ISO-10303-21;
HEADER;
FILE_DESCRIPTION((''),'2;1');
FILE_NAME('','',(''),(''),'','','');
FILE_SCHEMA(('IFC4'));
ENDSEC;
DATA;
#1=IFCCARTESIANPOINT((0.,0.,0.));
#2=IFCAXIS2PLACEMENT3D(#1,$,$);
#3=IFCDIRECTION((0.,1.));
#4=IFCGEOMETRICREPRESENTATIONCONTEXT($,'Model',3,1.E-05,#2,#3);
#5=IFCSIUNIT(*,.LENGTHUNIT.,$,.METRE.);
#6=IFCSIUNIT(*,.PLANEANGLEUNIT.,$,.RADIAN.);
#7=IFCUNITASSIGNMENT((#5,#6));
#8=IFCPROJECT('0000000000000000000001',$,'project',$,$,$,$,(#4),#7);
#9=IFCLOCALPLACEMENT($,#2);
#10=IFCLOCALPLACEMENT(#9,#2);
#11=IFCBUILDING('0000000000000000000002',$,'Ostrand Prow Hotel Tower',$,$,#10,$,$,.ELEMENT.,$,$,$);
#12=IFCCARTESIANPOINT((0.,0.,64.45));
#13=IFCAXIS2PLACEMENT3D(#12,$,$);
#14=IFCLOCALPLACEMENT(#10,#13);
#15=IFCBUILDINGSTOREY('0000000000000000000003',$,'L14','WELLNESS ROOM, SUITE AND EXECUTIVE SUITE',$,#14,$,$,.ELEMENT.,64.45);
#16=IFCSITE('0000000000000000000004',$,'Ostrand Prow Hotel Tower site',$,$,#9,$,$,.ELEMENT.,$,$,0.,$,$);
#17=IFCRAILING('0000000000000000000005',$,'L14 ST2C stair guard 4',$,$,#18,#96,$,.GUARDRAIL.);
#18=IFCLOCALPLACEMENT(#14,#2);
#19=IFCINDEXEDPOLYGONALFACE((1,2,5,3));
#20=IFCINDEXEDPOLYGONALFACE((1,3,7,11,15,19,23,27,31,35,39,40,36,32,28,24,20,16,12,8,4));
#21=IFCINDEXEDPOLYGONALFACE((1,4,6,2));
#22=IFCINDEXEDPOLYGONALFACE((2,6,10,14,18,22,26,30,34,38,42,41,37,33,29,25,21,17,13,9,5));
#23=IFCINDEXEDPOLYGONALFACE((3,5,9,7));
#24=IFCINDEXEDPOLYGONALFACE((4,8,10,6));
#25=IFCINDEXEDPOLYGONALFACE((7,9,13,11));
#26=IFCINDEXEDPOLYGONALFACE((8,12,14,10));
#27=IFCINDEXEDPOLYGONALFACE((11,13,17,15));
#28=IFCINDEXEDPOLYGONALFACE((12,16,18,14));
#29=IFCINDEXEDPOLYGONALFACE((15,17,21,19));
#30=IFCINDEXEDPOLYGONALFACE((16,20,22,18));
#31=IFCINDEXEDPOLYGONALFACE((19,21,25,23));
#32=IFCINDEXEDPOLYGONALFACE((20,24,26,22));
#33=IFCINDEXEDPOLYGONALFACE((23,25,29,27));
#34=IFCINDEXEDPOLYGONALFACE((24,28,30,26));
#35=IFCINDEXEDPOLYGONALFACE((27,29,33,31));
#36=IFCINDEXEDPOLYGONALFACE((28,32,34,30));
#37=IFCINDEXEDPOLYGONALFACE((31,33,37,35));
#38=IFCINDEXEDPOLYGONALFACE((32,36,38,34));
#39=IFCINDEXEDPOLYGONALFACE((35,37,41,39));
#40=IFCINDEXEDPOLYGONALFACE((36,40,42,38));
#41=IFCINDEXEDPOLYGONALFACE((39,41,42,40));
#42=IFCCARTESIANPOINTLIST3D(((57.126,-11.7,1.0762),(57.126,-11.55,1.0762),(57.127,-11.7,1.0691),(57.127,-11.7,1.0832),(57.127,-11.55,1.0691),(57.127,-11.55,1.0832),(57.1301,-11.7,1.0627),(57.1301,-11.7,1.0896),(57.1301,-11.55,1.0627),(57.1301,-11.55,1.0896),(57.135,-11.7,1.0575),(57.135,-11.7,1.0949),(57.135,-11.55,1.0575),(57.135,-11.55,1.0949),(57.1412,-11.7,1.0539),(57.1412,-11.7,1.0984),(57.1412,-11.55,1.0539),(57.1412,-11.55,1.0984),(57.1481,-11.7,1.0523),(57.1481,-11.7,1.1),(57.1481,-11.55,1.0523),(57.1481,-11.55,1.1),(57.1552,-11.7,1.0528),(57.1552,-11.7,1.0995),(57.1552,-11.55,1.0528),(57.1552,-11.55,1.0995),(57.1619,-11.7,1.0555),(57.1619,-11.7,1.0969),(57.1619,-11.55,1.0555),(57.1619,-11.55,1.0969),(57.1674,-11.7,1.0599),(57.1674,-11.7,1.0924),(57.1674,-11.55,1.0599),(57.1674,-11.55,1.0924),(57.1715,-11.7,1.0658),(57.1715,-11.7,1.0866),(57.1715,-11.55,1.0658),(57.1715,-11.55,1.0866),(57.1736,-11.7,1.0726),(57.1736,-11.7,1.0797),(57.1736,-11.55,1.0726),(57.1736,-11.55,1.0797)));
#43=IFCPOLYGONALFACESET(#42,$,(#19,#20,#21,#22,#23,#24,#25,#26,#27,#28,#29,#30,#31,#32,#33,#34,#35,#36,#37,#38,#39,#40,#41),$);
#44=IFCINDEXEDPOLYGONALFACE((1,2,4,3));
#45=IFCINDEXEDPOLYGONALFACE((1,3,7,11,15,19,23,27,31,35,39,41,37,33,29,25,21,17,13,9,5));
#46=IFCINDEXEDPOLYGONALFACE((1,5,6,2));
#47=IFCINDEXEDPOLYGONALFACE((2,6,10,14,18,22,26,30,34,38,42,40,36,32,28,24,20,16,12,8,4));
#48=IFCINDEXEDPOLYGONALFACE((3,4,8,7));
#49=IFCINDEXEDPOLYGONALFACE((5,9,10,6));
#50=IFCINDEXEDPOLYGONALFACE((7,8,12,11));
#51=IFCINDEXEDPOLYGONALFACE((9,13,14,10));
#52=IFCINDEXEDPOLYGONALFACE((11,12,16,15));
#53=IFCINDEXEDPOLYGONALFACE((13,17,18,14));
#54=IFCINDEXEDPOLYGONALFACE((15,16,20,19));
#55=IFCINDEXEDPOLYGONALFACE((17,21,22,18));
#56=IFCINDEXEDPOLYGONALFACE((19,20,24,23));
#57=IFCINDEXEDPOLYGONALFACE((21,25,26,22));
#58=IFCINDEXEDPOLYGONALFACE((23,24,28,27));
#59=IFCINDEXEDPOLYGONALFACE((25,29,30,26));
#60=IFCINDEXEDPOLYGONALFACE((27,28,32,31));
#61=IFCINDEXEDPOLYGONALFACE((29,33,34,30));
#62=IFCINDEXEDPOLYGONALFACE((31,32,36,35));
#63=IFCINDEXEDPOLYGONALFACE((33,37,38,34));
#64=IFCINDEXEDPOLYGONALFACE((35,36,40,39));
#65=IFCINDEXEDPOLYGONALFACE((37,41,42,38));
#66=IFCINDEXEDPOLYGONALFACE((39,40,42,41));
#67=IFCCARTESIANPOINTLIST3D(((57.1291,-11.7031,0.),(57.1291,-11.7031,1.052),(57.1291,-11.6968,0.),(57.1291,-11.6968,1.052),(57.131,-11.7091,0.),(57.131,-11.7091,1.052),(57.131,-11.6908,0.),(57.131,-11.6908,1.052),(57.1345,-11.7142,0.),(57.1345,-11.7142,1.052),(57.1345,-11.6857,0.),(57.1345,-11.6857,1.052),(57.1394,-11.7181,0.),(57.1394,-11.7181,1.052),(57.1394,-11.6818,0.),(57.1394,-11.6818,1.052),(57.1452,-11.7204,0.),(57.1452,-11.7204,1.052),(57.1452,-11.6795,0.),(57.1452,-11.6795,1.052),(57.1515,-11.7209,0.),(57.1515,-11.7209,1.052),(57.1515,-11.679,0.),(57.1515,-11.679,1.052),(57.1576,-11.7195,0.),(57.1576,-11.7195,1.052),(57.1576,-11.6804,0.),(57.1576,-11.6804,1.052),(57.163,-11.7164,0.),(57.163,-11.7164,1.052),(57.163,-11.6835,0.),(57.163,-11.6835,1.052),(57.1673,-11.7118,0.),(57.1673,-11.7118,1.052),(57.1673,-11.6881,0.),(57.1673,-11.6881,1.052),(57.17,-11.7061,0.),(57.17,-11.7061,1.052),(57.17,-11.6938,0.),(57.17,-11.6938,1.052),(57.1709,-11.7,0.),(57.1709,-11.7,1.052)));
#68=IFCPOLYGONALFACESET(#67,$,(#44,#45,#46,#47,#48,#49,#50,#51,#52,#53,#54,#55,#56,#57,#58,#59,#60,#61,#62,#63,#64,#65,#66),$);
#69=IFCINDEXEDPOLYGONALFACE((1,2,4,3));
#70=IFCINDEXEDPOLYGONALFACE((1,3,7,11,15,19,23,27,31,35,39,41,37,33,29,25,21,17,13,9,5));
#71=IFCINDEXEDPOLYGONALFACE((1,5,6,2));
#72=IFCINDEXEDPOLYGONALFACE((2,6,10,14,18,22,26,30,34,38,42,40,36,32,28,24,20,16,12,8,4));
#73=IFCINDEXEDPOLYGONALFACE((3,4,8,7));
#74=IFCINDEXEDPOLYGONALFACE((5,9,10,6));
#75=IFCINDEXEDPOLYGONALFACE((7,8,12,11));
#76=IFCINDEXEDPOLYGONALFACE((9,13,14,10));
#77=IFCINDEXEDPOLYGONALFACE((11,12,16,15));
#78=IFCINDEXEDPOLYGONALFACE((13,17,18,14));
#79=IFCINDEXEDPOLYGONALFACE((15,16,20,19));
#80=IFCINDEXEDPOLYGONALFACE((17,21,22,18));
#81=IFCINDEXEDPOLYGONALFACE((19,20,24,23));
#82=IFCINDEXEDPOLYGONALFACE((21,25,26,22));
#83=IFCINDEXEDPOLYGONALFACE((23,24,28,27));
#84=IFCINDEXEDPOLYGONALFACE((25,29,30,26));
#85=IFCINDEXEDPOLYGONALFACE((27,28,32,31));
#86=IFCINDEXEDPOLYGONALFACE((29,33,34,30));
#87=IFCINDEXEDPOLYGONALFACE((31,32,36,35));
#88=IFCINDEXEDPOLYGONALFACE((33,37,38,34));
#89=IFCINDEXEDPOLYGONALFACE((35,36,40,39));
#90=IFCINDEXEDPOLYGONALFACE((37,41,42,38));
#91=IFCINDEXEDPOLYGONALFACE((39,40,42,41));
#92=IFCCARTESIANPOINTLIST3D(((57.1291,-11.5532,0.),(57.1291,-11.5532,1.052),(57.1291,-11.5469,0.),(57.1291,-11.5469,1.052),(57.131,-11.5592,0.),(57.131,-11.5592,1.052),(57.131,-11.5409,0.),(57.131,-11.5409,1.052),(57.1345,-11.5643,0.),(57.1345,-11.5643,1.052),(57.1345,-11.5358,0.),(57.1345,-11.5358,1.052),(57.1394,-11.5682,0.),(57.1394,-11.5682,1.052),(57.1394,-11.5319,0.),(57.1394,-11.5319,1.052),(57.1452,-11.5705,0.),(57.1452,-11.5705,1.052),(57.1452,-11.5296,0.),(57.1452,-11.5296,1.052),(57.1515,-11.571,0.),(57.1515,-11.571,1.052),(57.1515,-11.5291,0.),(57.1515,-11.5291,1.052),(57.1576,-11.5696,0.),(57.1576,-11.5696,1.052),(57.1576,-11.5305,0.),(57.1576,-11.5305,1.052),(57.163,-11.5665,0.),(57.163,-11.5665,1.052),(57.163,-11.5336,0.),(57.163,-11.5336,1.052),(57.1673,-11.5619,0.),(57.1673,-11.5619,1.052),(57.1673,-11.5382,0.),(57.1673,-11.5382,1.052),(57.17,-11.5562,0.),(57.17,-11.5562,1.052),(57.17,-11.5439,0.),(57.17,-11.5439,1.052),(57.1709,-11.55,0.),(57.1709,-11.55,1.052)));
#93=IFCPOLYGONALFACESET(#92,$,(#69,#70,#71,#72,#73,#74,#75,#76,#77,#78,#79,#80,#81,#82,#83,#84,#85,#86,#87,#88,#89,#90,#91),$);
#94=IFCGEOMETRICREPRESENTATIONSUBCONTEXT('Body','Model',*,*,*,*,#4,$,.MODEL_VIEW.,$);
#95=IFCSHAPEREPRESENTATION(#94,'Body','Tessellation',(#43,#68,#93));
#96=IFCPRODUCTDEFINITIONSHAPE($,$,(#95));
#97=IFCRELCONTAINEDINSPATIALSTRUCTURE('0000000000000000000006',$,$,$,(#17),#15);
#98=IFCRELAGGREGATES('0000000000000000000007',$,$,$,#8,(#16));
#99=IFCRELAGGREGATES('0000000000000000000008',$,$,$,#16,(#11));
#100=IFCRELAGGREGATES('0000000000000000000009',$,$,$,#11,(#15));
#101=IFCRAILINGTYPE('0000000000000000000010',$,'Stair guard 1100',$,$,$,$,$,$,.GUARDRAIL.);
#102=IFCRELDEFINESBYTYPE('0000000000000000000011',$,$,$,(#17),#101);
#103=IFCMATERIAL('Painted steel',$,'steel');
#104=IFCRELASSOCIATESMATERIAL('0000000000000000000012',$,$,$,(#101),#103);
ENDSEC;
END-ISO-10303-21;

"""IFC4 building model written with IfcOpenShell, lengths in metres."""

from ifc_helpers import new_model, si_unit, direction, frame, origin, origin_2d, place, context, subcontext, project, spatial, circle, extrude, material, type_object, element, save


model = new_model("IFC4")

# Units and contexts
model_context = context("Model", 3, precision=1e-05, world=origin(), true_north=direction((0.0, 1.0)))
body_context = subcontext(model_context, "Body", "Model", "MODEL_VIEW")
ifc_project = project(units=[si_unit("LENGTHUNIT", "METRE"), si_unit("PLANEANGLEUNIT", "RADIAN")], contexts=[model_context])

# Site, building, storey
site_placement = place(None, origin())
site = spatial("IfcSite", under=ifc_project, at=site_placement, Name="Ostrand Prow Hotel Tower site", CompositionType="ELEMENT", RefElevation=0.0)
building_placement = place(site_placement, origin())
building = spatial("IfcBuilding", under=site, at=building_placement, Name="Ostrand Prow Hotel Tower", CompositionType="ELEMENT")
storey_placement = place(building_placement, frame((0.0, 0.0, 64.45)))
storey = spatial("IfcBuildingStorey", under=building, at=storey_placement, Name="L14", Description="WELLNESS ROOM, SUITE AND EXECUTIVE SUITE", CompositionType="ELEMENT", Elevation=64.45)

# Railing
ifc_material_1 = material(Name="Painted steel", Category="steel")
railing_type_1 = type_object("IfcRailingType", Name="Stair guard 1100", PredefinedType="GUARDRAIL", material=ifc_material_1)
railing_1_placement = place(storey_placement, frame((57.1499, -11.7, 0.0)))
element("IfcRailing", 1, at=railing_1_placement, inside=storey, type_object=railing_type_1, Name="L14 ST2C stair guard 4", PredefinedType="GUARDRAIL", context=body_context, shape_type="SweptSolid", body=[
    extrude(circle(Radius=0.0239, at=origin_2d()), frame((0.0, 0.0, 1.0762), z_axis=(0.0, 1.0, 0.0), x_axis=(-1.0, 0.0, 0.0)), (0.0, 0.0, 1.0), 0.1499),
    extrude(circle(Radius=0.021, at=origin_2d()), origin(), (0.0, 0.0, 1.0), 1.052),
    extrude(circle(Radius=0.021, at=origin_2d()), frame((0.0, 0.1499, 0.0)), (0.0, 0.0, 1.0), 1.052),
])

save(model, "model.ifc")
